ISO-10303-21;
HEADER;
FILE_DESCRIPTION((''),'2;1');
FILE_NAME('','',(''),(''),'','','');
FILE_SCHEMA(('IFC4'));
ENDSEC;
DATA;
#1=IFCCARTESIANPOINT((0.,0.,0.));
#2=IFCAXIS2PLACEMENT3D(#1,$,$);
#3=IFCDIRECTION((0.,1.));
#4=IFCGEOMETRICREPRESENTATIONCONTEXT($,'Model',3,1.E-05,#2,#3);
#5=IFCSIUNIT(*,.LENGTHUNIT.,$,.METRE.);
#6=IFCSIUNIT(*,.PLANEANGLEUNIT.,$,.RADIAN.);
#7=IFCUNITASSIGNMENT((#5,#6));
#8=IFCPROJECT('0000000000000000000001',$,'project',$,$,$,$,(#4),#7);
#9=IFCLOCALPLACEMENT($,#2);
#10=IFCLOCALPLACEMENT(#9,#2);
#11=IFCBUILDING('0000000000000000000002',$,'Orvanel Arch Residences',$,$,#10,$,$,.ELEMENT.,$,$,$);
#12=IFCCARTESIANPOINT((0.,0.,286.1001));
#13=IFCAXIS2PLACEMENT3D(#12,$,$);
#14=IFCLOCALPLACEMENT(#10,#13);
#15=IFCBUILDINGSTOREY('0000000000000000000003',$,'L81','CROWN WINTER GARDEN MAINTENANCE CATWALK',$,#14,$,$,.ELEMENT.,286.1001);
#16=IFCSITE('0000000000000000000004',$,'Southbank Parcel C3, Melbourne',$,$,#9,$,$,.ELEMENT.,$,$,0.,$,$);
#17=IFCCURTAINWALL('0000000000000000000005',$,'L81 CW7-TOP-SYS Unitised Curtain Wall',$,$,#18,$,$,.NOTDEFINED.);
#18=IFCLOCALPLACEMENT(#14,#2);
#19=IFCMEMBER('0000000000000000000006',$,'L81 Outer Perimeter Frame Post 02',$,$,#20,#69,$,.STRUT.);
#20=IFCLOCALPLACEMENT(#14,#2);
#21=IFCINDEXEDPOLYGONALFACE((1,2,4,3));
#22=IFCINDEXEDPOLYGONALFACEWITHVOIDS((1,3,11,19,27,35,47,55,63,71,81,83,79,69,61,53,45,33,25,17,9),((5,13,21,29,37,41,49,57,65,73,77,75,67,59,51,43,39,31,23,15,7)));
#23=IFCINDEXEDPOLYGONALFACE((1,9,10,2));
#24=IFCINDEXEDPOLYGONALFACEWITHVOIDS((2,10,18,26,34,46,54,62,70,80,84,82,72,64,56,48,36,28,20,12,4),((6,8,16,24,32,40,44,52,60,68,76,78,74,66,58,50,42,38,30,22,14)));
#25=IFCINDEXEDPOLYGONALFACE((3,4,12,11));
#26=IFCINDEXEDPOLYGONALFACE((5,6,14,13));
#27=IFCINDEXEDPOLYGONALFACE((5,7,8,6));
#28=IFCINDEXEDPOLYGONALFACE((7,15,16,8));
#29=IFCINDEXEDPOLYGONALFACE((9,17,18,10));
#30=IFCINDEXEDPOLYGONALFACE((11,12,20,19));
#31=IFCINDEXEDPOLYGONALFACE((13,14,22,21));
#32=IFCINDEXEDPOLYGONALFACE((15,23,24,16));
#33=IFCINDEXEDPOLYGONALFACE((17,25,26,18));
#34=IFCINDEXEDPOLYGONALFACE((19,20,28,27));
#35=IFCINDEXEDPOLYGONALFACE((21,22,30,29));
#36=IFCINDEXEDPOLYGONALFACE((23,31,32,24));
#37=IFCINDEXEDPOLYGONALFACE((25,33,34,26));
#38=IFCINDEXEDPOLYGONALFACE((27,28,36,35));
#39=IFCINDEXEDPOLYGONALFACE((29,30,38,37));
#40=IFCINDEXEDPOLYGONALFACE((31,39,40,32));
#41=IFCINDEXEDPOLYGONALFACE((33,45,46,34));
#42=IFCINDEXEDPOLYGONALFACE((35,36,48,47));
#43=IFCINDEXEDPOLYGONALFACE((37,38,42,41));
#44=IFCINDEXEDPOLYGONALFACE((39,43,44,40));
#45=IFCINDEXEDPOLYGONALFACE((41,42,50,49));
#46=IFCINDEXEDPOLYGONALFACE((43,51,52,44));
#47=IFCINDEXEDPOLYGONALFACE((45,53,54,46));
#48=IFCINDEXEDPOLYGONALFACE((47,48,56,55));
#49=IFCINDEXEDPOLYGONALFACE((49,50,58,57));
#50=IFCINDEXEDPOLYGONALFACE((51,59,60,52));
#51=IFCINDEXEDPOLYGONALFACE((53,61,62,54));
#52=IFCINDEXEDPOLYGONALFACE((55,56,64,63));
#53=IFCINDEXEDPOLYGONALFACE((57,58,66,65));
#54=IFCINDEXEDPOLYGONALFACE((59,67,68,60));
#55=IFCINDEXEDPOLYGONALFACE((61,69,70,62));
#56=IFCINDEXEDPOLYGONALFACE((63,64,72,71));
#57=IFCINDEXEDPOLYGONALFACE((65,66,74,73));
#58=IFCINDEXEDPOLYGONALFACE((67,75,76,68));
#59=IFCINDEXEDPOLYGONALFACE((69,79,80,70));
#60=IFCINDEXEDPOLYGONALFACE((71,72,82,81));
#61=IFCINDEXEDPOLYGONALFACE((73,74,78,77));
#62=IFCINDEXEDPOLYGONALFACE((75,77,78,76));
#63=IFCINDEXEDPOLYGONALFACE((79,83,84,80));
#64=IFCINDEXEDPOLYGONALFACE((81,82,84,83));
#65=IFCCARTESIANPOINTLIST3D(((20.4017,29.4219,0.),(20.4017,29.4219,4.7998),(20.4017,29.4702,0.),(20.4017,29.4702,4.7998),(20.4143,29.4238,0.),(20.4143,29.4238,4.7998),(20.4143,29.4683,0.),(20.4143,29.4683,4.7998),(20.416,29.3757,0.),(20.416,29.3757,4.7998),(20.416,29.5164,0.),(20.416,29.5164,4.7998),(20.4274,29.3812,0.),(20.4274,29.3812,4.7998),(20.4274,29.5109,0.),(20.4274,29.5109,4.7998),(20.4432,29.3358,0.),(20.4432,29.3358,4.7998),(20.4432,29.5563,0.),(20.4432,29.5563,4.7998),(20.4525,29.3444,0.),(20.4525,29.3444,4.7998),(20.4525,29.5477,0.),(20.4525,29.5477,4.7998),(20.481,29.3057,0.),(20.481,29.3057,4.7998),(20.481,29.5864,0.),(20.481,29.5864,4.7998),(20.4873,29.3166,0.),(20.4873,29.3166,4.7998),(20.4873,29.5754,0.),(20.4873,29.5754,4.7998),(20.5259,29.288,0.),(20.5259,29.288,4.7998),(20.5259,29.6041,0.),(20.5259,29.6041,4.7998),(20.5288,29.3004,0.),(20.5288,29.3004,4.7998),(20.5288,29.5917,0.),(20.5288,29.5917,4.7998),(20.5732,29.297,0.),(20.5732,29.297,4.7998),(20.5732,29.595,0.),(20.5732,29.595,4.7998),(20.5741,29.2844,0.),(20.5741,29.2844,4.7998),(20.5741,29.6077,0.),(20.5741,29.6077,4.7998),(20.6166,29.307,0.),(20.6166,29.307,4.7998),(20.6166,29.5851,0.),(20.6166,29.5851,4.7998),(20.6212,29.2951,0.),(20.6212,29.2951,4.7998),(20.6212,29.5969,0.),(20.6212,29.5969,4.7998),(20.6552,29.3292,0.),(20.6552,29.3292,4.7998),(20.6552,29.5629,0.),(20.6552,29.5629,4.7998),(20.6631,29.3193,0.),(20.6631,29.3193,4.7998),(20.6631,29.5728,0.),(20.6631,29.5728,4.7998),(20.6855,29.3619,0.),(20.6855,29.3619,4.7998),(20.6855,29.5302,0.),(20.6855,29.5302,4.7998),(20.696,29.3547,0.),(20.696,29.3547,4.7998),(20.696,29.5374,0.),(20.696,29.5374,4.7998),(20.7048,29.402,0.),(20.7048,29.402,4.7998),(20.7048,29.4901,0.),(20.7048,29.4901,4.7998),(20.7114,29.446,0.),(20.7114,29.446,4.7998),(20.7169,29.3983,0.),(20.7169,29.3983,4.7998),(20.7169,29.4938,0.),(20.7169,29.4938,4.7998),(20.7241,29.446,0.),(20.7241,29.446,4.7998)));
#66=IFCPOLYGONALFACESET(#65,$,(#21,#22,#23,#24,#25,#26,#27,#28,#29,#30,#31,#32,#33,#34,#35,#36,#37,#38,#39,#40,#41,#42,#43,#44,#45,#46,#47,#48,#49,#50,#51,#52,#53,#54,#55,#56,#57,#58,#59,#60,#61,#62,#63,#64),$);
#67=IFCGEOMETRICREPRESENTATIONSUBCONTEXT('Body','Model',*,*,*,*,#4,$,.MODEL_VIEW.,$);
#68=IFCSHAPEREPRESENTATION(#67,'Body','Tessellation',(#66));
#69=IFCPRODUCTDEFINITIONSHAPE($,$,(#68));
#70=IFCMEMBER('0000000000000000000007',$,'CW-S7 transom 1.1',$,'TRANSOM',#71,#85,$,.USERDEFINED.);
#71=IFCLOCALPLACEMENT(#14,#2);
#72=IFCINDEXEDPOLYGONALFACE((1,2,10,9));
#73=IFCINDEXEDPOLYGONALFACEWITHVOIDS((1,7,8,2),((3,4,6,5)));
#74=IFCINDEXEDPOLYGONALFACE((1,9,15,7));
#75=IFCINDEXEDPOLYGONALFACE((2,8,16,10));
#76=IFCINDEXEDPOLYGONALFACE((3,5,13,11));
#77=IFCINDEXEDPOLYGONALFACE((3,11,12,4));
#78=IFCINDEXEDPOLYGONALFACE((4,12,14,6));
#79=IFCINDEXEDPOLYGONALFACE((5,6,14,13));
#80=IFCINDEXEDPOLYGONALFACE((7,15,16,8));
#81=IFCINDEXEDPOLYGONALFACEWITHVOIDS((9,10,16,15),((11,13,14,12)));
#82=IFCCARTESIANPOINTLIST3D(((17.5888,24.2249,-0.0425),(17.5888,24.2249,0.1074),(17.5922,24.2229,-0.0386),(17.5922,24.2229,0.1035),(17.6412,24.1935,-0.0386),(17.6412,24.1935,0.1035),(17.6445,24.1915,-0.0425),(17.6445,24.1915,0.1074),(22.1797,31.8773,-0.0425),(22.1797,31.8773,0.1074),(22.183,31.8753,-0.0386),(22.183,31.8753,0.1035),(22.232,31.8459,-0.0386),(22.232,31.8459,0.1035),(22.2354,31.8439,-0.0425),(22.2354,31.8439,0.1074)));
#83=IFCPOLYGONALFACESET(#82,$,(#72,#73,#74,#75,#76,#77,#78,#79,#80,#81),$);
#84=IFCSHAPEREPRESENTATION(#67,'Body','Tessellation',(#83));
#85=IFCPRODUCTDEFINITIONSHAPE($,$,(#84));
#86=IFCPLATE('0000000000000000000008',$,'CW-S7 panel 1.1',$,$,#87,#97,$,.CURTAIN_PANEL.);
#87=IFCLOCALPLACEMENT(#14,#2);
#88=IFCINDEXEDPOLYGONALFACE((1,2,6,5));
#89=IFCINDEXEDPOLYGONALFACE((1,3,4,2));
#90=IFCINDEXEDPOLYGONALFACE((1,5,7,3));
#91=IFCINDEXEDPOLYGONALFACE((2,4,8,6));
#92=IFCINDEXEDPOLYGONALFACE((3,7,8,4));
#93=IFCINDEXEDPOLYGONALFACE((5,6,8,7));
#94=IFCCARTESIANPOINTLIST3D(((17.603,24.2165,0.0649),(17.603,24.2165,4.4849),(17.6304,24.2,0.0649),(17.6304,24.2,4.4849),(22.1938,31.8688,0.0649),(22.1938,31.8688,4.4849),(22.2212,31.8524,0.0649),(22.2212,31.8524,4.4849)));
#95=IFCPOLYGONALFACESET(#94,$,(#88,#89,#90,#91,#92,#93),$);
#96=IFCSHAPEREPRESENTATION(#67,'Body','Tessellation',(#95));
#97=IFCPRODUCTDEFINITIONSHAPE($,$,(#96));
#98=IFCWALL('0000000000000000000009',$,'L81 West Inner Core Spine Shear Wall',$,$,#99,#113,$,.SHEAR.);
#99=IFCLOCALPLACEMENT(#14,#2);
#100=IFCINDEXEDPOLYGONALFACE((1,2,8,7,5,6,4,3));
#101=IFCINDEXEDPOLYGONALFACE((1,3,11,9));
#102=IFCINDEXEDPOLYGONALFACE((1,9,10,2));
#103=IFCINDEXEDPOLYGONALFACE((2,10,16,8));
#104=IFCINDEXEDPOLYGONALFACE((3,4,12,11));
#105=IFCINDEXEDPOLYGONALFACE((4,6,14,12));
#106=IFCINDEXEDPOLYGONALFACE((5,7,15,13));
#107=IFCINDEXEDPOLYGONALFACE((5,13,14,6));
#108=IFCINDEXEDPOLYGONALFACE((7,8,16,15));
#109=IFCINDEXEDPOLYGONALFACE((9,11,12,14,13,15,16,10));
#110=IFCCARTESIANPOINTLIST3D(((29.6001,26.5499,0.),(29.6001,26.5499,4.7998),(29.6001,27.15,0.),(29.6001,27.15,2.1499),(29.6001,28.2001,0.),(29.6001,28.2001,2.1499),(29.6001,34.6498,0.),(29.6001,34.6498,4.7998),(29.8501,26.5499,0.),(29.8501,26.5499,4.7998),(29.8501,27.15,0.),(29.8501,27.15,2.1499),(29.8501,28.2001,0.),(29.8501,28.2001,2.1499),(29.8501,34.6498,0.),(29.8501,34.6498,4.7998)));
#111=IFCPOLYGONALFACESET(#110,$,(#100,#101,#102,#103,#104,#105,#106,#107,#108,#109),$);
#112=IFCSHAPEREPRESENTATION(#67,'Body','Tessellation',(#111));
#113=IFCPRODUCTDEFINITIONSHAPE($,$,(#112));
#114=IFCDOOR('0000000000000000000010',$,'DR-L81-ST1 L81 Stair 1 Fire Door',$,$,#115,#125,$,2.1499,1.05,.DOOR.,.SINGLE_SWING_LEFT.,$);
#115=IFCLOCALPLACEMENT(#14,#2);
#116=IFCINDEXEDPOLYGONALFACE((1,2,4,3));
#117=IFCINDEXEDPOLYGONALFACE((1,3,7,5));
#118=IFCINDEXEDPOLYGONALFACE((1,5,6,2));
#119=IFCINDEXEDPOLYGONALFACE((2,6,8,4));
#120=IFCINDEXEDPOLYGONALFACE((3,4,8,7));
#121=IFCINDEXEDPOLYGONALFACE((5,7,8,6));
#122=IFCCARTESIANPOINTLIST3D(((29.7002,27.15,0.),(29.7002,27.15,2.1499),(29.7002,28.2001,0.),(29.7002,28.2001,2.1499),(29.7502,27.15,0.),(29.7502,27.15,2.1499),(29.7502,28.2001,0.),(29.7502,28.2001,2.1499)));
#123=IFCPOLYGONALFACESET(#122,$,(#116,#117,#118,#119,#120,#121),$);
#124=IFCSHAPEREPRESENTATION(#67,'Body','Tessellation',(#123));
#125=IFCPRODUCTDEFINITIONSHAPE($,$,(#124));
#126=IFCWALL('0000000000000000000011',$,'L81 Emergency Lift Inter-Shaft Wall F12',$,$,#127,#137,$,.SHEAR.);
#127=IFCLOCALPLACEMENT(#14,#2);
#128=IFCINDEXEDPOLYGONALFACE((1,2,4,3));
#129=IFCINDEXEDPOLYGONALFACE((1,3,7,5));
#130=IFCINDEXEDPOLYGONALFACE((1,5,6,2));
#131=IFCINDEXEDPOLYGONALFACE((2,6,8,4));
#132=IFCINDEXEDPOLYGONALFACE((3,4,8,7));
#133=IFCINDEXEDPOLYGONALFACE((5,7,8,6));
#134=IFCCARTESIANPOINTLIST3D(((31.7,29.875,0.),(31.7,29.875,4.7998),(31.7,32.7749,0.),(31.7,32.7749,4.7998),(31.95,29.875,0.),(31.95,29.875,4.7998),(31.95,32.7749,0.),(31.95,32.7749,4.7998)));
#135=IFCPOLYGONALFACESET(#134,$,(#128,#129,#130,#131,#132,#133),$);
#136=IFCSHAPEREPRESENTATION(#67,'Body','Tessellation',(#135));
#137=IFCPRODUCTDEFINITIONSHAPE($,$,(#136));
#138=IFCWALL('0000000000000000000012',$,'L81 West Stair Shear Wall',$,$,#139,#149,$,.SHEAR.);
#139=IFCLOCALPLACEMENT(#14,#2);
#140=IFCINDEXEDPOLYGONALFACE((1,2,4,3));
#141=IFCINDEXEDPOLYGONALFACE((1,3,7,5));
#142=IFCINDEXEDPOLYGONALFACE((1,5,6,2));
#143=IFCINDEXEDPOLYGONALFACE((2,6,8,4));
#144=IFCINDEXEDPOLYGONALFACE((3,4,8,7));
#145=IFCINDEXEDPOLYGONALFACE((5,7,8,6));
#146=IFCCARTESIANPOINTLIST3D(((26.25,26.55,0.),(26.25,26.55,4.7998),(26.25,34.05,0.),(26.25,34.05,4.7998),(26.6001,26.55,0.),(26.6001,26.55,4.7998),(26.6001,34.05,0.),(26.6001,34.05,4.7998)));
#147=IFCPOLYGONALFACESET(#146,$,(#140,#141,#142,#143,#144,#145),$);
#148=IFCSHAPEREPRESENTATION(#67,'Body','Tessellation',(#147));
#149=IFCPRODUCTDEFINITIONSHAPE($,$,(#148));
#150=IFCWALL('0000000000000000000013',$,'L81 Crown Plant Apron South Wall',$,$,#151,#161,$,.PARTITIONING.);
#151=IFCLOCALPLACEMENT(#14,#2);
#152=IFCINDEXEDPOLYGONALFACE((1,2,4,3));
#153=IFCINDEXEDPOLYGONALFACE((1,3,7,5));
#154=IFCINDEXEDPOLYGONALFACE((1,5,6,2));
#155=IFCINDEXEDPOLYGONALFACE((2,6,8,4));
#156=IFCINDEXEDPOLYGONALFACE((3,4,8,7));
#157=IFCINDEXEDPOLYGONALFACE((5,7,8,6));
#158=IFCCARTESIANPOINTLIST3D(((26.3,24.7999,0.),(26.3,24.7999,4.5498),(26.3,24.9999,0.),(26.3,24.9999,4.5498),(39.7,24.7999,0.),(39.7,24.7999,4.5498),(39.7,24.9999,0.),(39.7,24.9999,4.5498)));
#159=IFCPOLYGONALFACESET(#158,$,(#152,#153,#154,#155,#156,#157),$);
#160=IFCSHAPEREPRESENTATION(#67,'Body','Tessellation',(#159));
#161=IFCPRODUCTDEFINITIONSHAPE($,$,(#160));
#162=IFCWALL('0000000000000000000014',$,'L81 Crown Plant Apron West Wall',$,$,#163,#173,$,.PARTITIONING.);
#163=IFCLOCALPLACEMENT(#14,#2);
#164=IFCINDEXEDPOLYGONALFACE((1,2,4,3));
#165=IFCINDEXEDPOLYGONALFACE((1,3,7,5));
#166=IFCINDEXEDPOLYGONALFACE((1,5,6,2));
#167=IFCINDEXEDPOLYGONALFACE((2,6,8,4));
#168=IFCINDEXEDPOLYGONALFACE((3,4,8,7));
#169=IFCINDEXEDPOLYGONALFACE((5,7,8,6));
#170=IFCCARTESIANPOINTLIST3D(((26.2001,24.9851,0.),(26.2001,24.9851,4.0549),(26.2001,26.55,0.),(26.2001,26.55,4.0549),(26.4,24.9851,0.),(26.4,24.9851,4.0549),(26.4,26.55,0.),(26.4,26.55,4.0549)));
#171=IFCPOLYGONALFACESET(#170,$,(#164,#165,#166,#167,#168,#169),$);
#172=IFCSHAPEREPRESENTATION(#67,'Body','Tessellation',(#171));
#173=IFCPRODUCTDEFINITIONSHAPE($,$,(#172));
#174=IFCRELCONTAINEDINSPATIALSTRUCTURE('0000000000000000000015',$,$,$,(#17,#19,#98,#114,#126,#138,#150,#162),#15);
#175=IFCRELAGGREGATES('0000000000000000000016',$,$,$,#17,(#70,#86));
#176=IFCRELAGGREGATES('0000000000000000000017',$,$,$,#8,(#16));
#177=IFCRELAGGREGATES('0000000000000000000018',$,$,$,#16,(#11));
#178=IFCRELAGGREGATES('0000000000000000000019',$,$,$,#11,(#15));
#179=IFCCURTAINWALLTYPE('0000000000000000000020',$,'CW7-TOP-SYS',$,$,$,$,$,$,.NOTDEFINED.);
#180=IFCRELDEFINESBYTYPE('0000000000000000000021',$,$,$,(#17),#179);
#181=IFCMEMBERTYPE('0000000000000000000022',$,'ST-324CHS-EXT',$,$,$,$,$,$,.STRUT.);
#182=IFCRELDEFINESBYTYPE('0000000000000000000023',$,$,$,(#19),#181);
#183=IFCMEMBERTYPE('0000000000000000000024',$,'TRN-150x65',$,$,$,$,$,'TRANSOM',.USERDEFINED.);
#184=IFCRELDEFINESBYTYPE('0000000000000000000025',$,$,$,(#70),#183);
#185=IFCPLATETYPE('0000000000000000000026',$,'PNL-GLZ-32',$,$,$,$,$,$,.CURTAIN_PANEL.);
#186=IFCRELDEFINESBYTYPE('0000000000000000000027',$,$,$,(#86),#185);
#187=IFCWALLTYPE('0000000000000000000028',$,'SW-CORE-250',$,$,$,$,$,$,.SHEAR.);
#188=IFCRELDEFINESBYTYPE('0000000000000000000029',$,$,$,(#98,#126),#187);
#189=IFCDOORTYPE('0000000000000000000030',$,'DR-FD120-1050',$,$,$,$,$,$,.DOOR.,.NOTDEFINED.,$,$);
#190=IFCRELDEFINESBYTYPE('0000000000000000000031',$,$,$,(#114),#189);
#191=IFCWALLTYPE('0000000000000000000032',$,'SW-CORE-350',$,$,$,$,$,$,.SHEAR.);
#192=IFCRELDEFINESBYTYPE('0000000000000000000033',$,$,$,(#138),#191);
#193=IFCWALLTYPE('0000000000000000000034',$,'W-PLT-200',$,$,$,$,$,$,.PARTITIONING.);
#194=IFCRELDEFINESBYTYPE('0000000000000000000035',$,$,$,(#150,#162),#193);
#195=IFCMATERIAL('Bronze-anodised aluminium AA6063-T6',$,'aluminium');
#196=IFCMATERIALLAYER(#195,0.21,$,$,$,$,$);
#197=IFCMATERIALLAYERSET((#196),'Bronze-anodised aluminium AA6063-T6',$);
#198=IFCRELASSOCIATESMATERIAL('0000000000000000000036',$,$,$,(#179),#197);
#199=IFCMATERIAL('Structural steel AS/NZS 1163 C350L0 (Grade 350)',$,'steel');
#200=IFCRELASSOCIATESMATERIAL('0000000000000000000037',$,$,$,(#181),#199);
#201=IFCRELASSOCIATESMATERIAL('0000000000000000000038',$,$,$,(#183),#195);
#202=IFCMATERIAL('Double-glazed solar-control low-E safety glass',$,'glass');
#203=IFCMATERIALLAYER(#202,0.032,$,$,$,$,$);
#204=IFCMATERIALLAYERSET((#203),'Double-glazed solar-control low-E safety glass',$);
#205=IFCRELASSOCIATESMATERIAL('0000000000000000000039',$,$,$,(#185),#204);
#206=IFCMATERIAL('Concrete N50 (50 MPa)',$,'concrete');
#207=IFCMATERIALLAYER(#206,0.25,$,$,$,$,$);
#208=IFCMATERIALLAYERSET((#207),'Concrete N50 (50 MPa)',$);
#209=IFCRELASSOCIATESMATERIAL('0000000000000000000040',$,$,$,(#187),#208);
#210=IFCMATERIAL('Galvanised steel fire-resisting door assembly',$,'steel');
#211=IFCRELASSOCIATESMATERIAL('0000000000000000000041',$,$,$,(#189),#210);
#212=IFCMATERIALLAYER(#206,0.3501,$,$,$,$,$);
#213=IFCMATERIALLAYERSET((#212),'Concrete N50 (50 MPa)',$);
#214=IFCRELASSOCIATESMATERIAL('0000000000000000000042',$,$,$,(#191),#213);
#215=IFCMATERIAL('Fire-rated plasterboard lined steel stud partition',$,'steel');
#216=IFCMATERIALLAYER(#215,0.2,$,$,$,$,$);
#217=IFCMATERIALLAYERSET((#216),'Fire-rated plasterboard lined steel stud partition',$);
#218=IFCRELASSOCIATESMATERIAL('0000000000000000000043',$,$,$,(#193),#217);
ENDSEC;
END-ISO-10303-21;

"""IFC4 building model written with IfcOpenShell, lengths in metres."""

from ifc_helpers import new_model, si_unit, direction, frame, frame_2d, origin, origin_2d, place, context, subcontext, project, spatial, rectangle, hollow_rectangle, hollow_circle, extrude, material, layer, layer_set, material_profile, profile_set, type_object, element, fill, aggregate, save


model = new_model("IFC4")

# Units and contexts
model_context = context("Model", 3, precision=1e-05, world=origin(), true_north=direction((0.0, 1.0)))
body_context = subcontext(model_context, "Body", "Model", "MODEL_VIEW")
ifc_project = project(units=[si_unit("LENGTHUNIT", "METRE"), si_unit("PLANEANGLEUNIT", "RADIAN")], contexts=[model_context])

# Site, building, storey
site_placement = place(None, origin())
site = spatial("IfcSite", under=ifc_project, at=site_placement, Name="Southbank Parcel C3, Melbourne", CompositionType="ELEMENT", RefElevation=0.0)
building_placement = place(site_placement, origin())
building = spatial("IfcBuilding", under=site, at=building_placement, Name="Orvanel Arch Residences", CompositionType="ELEMENT")
storey_placement = place(building_placement, frame((0.0, 0.0, 286.1001)))
storey = spatial("IfcBuildingStorey", under=building, at=storey_placement, Name="L81", Description="CROWN WINTER GARDEN MAINTENANCE CATWALK", CompositionType="ELEMENT", Elevation=286.1001)

# Shared definitions
ifc_material_1 = material(Name="Structural steel AS/NZS 1163 C350L0 (Grade 350)", Category="steel")

# Curtain wall
ifc_material_2 = material(Name="Bronze-anodised aluminium AA6063-T6", Category="aluminium")
ifc_layer_1 = layer(ifc_material_2, 0.21)
ifc_layer_set_1 = layer_set([ifc_layer_1], Name="Bronze-anodised aluminium AA6063-T6")
curtain_wall_type = type_object("IfcCurtainWallType", Name="CW7-TOP-SYS", PredefinedType="NOTDEFINED", material=ifc_layer_set_1)
curtain_wall_placement = place(storey_placement, origin())
curtain_wall = element("IfcCurtainWall", 1, at=curtain_wall_placement, inside=storey, type_object=curtain_wall_type, Name="L81 CW7-TOP-SYS Unitised Curtain Wall", PredefinedType="NOTDEFINED")

# Members
ifc_material_profile_1 = material_profile(ifc_material_1, hollow_circle(Radius=0.1621, WallThickness=0.0127, at=origin_2d()), Name="CHS324x12.7")
ifc_profile_set_1 = profile_set([ifc_material_profile_1], Name="Structural steel AS/NZS 1163 C350L0 (Grade 350)")
member_type_1 = type_object("IfcMemberType", Name="ST-324CHS-EXT", PredefinedType="STRUT", material=ifc_profile_set_1)
member_1_placement = place(storey_placement, frame((20.562, 29.446, 0.0), z_axis=(0.0, 0.0, 1.0), x_axis=(1.0, 0.0, 0.0)))
element("IfcMember", 2, at=member_1_placement, inside=storey, type_object=member_type_1, Name="L81 Outer Perimeter Frame Post 02", PredefinedType="STRUT", context=body_context, shape_type="SweptSolid", body=[
    extrude(hollow_circle(Radius=0.1621, WallThickness=0.0127, at=origin_2d()), origin(), (0.0, 0.0, 1.0), 4.7998),
])
ifc_material_profile_2 = material_profile(ifc_material_2, hollow_rectangle(XDim=0.0649, YDim=0.1499, WallThickness=0.0039, at=origin_2d()), Name="ALU150x65x4")
ifc_profile_set_2 = profile_set([ifc_material_profile_2], Name="Bronze-anodised aluminium AA6063-T6")
member_type_2 = type_object("IfcMemberType", Name="TRN-150x65", ElementType="TRANSOM", PredefinedType="USERDEFINED", material=ifc_profile_set_2)
member_2_placement = place(storey_placement, frame((22.2075, 31.8606, 0.0325), z_axis=(-0.514447, -0.857522, 0.0), x_axis=(0.857522, -0.514447, 0.0)))
member_2 = element("IfcMember", 3, at=member_2_placement, type_object=member_type_2, Name="CW-S7 transom 1.1", ObjectType="TRANSOM", PredefinedType="USERDEFINED", context=body_context, shape_type="SweptSolid", body=[
    extrude(hollow_rectangle(XDim=0.0649, YDim=0.1499, WallThickness=0.0039, at=origin_2d()), origin(), (0.0, 0.0, 1.0), 8.9238),
])

# Plate
ifc_material_3 = material(Name="Double-glazed solar-control low-E safety glass", Category="glass")
ifc_layer_2 = layer(ifc_material_3, 0.032)
ifc_layer_set_2 = layer_set([ifc_layer_2], Name="Double-glazed solar-control low-E safety glass")
plate_type = type_object("IfcPlateType", Name="PNL-GLZ-32", PredefinedType="CURTAIN_PANEL", material=ifc_layer_set_2)
plate_placement = place(storey_placement, frame((19.9121, 28.0344, 0.0649), z_axis=(0.0, 0.0, 1.0), x_axis=(-0.514447, -0.857522, 0.0)))
plate = element("IfcPlate", 4, at=plate_placement, type_object=plate_type, Name="CW-S7 panel 1.1", PredefinedType="CURTAIN_PANEL", context=body_context, shape_type="SweptSolid", body=[
    extrude(rectangle(XDim=8.9238, YDim=0.032, at=origin_2d()), origin(), (0.0, 0.0, 1.0), 4.4199),
])
aggregate(curtain_wall, [member_2, plate])

# Wall, opening, door
ifc_material_4 = material(Name="Concrete N50 (50 MPa)", Category="concrete")
ifc_layer_3 = layer(ifc_material_4, 0.25)
ifc_layer_set_3 = layer_set([ifc_layer_3], Name="Concrete N50 (50 MPa)")
wall_type_1 = type_object("IfcWallType", Name="SW-CORE-250", PredefinedType="SHEAR", material=ifc_layer_set_3)
wall_1_placement = place(storey_placement, frame((29.7251, 26.55, 0.0), z_axis=(0.0, 0.0, 1.0), x_axis=(0.0, 1.0, 0.0)))
wall_1 = element("IfcWall", 5, at=wall_1_placement, inside=storey, type_object=wall_type_1, Name="L81 West Inner Core Spine Shear Wall", PredefinedType="SHEAR", context=body_context, shape_type="SweptSolid", body=[
    extrude(rectangle(XDim=8.0999, YDim=0.25, at=frame_2d((4.0498, 0.0))), origin(), (0.0, 0.0, 1.0), 4.7998),
])
opening_1_placement = place(wall_1_placement, frame((0.6001, 0.0, 0.0)))
opening_1 = element("IfcOpeningElement", 6, at=opening_1_placement, cuts=wall_1, PredefinedType="OPENING", context=body_context, shape_type="SweptSolid", body=[
    extrude(rectangle(XDim=1.05, YDim=2.1499, at=frame_2d((0.5249, 1.075))), frame((0.0, 0.135, 0.0), z_axis=(0.0, -1.0, 0.0), x_axis=(1.0, 0.0, 0.0)), (0.0, 0.0, 1.0), 0.27),
])
ifc_material_5 = material(Name="Galvanised steel fire-resisting door assembly", Category="steel")
door_type_1 = type_object("IfcDoorType", Name="DR-FD120-1050", OperationType="NOTDEFINED", PredefinedType="DOOR", material=ifc_material_5)
door_1_placement = place(opening_1_placement, origin())
door_1 = element("IfcDoor", 7, at=door_1_placement, inside=storey, type_object=door_type_1, Name="DR-L81-ST1 L81 Stair 1 Fire Door", OperationType="SINGLE_SWING_LEFT", OverallHeight=2.1499, OverallWidth=1.05, PredefinedType="DOOR", context=body_context, shape_type="SweptSolid", body=[
    extrude(rectangle(XDim=1.05, YDim=2.1499, at=frame_2d((0.5249, 1.075))), frame((0.0, 0.0249, 0.0), z_axis=(0.0, -1.0, 0.0), x_axis=(1.0, 0.0, 0.0)), (0.0, 0.0, 1.0), 0.05),
])
fill(opening_1, door_1)

# Wall
wall_2_placement = place(storey_placement, frame((31.825, 29.875, 0.0), z_axis=(0.0, 0.0, 1.0), x_axis=(0.0, 1.0, 0.0)))
element("IfcWall", 8, at=wall_2_placement, inside=storey, type_object=wall_type_1, Name="L81 Emergency Lift Inter-Shaft Wall F12", PredefinedType="SHEAR", context=body_context, shape_type="SweptSolid", body=[
    extrude(rectangle(XDim=2.8999, YDim=0.25, at=frame_2d((1.45, 0.0))), origin(), (0.0, 0.0, 1.0), 4.7998),
])

# Shared definitions
ifc_layer_4 = layer(ifc_material_4, 0.3501)
ifc_layer_set_4 = layer_set([ifc_layer_4], Name="Concrete N50 (50 MPa)")
wall_type_2 = type_object("IfcWallType", Name="SW-CORE-350", PredefinedType="SHEAR", material=ifc_layer_set_4)

# Walls
wall_3_placement = place(storey_placement, frame((26.425, 26.55, 0.0), z_axis=(0.0, 0.0, 1.0), x_axis=(0.0, 1.0, 0.0)))
element("IfcWall", 9, at=wall_3_placement, inside=storey, type_object=wall_type_2, Name="L81 West Stair Shear Wall", PredefinedType="SHEAR", context=body_context, shape_type="SweptSolid", body=[
    extrude(rectangle(XDim=7.5, YDim=0.3501, at=frame_2d((3.75, 0.0))), origin(), (0.0, 0.0, 1.0), 4.7998),
])
ifc_material_6 = material(Name="Fire-rated plasterboard lined steel stud partition", Category="steel")
ifc_layer_5 = layer(ifc_material_6, 0.2)
ifc_layer_set_5 = layer_set([ifc_layer_5], Name="Fire-rated plasterboard lined steel stud partition")
wall_type_3 = type_object("IfcWallType", Name="W-PLT-200", PredefinedType="PARTITIONING", material=ifc_layer_set_5)
wall_4_placement = place(storey_placement, frame((26.3, 24.8999, 0.0), z_axis=(0.0, 0.0, 1.0), x_axis=(1.0, 0.0, 0.0)))
element("IfcWall", 10, at=wall_4_placement, inside=storey, type_object=wall_type_3, Name="L81 Crown Plant Apron South Wall", PredefinedType="PARTITIONING", context=body_context, shape_type="SweptSolid", body=[
    extrude(rectangle(XDim=13.3999, YDim=0.2, at=frame_2d((6.7, 0.0))), origin(), (0.0, 0.0, 1.0), 4.5498),
])
wall_5_placement = place(storey_placement, frame((26.3, 24.9851, 0.0), z_axis=(0.0, 0.0, 1.0), x_axis=(0.0, 1.0, 0.0)))
element("IfcWall", 11, at=wall_5_placement, inside=storey, type_object=wall_type_3, Name="L81 Crown Plant Apron West Wall", PredefinedType="PARTITIONING", context=body_context, shape_type="SweptSolid", body=[
    extrude(rectangle(XDim=1.5649, YDim=0.2, at=frame_2d((0.7825, 0.0))), origin(), (0.0, 0.0, 1.0), 4.0549),
])

save(model, "model.ifc")
